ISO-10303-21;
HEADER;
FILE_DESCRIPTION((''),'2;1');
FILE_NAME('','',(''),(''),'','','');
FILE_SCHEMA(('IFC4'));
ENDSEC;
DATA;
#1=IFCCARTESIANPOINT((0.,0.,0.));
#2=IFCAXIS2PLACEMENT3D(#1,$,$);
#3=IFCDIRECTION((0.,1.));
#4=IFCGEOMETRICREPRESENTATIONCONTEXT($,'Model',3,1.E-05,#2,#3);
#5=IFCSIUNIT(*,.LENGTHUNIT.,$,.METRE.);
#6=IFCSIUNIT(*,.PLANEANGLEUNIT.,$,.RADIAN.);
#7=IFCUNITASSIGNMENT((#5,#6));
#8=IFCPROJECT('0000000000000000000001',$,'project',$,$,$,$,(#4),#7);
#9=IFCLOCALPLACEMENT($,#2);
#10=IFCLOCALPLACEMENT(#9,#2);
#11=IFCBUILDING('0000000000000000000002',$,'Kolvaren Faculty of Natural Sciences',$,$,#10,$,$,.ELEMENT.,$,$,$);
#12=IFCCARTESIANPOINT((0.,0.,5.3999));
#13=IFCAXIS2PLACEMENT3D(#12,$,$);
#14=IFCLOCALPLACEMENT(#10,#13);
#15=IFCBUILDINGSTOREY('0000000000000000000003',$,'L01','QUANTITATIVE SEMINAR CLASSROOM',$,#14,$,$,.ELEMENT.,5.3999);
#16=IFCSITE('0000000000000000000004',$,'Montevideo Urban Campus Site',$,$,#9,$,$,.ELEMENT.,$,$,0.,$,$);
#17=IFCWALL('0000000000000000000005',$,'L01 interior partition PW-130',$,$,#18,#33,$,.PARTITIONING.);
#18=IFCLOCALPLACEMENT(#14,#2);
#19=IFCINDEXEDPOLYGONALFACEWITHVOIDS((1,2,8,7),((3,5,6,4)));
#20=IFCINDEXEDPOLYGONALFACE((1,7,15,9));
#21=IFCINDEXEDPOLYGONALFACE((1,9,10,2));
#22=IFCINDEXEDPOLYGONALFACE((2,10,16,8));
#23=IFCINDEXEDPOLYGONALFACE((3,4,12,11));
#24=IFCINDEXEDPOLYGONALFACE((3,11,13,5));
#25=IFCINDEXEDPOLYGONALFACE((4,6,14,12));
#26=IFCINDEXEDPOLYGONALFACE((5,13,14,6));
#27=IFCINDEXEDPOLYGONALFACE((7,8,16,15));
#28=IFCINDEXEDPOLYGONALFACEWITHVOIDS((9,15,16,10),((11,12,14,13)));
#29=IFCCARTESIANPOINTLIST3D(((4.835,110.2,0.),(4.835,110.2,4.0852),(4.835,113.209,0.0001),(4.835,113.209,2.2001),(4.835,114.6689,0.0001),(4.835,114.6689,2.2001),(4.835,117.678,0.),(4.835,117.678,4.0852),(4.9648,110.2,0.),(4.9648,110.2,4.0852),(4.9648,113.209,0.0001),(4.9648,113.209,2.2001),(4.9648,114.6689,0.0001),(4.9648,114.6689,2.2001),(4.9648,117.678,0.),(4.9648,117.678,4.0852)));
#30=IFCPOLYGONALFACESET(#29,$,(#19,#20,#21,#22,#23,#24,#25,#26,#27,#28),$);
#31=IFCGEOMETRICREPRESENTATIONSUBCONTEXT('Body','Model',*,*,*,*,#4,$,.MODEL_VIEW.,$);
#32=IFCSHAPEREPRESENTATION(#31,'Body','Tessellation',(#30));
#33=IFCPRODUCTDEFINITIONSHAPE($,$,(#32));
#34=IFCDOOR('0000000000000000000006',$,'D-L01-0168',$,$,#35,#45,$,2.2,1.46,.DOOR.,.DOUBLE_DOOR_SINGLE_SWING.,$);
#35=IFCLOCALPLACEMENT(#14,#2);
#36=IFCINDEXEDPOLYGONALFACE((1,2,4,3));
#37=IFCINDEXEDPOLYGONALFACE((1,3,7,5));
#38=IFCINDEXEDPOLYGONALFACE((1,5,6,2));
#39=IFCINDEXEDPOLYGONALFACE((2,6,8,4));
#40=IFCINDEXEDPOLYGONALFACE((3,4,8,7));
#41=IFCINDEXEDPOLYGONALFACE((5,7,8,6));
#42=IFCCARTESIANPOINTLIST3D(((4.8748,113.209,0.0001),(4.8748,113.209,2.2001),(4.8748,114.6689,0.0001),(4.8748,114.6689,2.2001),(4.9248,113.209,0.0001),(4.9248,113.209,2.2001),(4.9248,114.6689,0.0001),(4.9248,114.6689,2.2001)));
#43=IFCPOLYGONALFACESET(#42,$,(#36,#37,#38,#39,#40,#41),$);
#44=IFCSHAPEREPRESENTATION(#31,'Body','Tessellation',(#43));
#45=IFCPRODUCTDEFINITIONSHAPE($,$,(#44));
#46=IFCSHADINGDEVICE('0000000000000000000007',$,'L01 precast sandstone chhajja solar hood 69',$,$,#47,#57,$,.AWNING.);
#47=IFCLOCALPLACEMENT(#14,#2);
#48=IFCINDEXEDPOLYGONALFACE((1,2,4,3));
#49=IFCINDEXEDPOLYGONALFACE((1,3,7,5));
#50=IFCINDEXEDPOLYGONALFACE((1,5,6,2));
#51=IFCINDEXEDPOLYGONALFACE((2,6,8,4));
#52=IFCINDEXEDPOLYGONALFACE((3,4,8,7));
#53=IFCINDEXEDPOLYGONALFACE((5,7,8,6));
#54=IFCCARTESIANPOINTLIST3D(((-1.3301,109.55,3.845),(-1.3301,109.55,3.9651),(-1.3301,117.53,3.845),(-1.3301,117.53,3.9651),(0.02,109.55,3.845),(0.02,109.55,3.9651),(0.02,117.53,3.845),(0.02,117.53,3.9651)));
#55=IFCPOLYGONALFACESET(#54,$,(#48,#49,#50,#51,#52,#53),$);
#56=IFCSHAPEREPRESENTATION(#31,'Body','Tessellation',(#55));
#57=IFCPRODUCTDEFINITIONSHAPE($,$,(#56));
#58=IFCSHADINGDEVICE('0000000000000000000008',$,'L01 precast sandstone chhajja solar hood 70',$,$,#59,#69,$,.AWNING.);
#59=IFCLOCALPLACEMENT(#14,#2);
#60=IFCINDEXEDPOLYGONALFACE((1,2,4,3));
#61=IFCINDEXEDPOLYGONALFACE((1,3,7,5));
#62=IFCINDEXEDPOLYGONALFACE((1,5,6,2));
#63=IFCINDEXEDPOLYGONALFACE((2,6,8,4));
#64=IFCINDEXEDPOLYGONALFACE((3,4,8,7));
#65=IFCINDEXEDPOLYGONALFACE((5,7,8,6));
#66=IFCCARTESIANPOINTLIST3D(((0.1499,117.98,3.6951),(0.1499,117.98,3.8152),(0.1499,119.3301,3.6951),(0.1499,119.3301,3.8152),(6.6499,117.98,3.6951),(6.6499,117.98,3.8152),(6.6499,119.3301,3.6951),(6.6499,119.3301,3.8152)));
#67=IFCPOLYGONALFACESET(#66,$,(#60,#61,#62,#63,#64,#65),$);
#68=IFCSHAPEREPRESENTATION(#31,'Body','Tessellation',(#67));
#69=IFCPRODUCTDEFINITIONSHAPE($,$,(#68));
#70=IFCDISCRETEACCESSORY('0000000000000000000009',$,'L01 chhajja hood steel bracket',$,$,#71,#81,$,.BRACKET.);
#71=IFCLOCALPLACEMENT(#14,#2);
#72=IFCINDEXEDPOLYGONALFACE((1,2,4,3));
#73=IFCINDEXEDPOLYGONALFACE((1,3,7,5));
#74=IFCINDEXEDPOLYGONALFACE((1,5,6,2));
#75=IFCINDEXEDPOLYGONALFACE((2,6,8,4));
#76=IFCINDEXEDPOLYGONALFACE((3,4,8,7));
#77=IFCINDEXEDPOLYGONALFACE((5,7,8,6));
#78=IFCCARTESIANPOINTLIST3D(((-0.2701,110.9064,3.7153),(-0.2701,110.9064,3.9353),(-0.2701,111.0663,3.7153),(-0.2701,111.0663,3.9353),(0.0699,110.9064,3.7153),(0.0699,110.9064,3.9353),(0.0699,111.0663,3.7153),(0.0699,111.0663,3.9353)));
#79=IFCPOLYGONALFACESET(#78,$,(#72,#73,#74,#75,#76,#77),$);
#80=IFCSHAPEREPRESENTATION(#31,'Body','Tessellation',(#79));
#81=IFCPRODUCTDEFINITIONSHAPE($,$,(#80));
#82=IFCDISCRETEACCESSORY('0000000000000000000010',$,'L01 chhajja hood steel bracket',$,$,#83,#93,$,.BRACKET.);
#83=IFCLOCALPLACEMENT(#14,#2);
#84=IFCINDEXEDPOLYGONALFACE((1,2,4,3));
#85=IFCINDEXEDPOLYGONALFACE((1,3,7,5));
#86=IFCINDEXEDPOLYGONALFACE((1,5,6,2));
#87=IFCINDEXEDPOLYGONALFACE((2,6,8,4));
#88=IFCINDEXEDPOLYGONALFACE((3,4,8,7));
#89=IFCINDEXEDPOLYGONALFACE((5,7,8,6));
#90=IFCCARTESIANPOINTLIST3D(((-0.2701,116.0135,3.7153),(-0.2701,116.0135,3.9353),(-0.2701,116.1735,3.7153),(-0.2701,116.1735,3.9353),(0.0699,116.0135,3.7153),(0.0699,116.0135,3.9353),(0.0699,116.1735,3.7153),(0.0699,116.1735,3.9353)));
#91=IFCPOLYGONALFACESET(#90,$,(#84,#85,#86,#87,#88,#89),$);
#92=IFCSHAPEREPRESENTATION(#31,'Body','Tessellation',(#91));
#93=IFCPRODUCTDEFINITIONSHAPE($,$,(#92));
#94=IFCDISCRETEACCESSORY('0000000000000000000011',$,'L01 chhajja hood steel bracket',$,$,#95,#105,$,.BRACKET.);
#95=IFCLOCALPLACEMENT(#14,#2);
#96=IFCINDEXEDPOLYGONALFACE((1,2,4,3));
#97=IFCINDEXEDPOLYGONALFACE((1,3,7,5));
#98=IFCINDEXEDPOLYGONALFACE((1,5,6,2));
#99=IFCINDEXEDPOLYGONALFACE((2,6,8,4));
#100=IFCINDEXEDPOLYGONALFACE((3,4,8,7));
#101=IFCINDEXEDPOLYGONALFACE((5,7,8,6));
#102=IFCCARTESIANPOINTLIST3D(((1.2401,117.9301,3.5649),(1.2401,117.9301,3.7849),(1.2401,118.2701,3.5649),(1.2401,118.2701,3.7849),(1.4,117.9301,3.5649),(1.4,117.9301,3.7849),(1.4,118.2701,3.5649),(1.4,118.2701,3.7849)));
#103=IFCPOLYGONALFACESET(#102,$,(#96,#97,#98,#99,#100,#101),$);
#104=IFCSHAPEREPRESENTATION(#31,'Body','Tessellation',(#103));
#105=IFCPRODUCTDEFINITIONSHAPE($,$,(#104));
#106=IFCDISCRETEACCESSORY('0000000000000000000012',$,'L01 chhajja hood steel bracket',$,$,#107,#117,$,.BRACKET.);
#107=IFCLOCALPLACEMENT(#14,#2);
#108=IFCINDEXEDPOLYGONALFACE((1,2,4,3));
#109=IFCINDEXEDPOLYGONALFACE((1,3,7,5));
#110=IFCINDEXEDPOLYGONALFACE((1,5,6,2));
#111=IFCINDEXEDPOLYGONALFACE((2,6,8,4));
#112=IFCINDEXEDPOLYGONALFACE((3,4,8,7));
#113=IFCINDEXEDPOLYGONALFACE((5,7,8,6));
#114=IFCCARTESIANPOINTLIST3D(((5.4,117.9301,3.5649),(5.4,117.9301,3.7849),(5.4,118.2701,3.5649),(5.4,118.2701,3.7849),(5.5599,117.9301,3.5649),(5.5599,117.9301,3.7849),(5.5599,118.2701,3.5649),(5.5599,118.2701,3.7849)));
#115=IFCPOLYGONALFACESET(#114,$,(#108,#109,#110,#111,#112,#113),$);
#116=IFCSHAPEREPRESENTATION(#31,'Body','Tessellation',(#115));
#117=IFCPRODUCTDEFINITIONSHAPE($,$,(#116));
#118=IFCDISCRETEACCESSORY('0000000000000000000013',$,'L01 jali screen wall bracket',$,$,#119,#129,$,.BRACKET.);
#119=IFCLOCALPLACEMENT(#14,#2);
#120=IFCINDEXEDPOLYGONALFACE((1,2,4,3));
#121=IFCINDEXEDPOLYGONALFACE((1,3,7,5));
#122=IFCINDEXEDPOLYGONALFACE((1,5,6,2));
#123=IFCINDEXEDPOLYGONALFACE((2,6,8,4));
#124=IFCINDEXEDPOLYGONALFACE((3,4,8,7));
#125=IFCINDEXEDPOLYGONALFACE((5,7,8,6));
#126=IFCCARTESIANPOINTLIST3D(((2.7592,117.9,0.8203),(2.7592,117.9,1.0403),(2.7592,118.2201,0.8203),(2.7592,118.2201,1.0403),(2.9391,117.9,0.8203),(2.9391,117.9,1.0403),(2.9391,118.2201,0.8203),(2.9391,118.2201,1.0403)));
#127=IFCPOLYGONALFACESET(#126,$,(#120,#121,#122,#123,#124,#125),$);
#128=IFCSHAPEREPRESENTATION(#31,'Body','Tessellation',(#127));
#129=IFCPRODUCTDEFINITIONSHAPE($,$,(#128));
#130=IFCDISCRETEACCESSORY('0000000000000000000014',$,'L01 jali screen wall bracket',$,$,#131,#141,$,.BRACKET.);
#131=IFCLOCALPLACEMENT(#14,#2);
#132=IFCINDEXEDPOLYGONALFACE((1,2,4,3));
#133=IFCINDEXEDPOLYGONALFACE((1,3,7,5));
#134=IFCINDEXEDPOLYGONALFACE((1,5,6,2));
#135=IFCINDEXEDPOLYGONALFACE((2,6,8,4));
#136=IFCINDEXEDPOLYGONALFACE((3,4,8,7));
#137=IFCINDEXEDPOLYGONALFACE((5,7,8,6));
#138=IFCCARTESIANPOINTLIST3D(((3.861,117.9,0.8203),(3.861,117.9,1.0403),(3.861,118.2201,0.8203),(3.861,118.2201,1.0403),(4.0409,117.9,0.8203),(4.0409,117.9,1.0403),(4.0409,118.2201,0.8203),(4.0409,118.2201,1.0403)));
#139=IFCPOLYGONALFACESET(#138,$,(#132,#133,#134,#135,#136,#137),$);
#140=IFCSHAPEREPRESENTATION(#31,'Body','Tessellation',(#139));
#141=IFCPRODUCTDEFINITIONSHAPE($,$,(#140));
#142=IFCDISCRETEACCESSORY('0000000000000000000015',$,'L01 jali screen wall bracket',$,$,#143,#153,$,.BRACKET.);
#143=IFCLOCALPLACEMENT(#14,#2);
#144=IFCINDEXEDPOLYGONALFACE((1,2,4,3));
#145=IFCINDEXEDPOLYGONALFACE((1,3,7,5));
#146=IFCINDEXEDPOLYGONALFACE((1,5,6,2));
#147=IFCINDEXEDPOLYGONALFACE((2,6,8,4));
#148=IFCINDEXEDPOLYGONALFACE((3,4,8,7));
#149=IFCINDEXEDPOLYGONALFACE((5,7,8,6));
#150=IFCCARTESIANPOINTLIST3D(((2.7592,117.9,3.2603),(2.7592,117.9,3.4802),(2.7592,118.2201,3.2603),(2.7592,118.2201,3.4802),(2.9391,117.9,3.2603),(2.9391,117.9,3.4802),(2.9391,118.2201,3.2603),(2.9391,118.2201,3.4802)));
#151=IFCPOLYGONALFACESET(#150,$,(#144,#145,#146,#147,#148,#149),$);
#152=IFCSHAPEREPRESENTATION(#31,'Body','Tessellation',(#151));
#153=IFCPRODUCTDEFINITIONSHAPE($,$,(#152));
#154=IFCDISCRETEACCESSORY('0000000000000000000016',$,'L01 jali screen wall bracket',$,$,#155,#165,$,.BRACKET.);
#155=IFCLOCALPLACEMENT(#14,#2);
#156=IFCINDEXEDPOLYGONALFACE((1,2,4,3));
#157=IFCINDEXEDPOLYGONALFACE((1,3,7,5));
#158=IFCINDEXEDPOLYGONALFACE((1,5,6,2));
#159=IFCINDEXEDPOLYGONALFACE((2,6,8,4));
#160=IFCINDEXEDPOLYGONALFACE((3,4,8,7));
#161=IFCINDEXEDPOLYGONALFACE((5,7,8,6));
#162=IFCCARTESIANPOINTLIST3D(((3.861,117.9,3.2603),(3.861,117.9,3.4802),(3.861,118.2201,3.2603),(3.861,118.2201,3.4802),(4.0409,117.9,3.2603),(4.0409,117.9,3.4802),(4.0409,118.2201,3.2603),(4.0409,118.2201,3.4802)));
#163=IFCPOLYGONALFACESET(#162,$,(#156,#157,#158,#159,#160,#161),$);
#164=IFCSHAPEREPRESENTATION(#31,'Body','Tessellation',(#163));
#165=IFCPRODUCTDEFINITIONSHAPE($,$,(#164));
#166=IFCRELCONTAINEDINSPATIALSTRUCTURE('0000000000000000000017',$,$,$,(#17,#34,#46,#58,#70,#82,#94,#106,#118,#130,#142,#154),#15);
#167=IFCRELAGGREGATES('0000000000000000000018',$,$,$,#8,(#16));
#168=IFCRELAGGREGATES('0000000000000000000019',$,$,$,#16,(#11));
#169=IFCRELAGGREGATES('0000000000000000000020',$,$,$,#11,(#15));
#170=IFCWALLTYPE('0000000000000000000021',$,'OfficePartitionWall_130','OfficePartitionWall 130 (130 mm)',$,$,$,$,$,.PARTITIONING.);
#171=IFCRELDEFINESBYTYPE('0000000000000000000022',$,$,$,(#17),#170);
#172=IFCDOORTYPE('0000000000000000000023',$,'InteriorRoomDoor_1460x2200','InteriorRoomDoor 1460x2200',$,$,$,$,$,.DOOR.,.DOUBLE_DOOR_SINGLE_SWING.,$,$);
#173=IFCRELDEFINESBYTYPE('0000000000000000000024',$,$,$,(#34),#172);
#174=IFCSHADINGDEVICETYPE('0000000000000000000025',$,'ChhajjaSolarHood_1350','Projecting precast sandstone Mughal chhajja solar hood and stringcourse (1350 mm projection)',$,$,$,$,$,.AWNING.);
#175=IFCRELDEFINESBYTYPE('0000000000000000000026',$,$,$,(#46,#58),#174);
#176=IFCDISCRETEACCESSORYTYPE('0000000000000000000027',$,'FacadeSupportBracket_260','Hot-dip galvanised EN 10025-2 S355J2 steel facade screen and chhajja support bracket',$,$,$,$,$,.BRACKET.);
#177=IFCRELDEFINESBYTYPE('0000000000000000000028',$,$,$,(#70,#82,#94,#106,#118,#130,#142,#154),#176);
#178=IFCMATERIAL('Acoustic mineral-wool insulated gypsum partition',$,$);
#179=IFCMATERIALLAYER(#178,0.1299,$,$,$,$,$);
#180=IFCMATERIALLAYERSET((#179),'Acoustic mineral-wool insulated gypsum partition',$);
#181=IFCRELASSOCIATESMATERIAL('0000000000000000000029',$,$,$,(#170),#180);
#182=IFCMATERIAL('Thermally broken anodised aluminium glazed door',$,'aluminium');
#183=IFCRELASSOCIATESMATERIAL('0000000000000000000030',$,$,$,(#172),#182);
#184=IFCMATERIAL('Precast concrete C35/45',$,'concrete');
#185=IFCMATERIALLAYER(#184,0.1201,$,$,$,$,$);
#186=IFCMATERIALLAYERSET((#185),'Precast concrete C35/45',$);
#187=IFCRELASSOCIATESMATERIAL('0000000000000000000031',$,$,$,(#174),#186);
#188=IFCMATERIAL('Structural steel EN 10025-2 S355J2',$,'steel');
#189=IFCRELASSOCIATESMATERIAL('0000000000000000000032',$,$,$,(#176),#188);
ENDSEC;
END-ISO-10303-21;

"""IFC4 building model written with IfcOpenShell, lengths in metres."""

from ifc_helpers import new_model, si_unit, direction, frame, frame_2d, origin, origin_2d, place, context, subcontext, project, spatial, rectangle, extrude, material, layer, layer_set, type_object, element, fill, save


model = new_model("IFC4")

# Units and contexts
model_context = context("Model", 3, precision=1e-05, world=origin(), true_north=direction((0.0, 1.0)))
body_context = subcontext(model_context, "Body", "Model", "MODEL_VIEW")
ifc_project = project(units=[si_unit("LENGTHUNIT", "METRE"), si_unit("PLANEANGLEUNIT", "RADIAN")], contexts=[model_context])

# Site, building, storey
site_placement = place(None, origin())
site = spatial("IfcSite", under=ifc_project, at=site_placement, Name="Montevideo Urban Campus Site", CompositionType="ELEMENT", RefElevation=0.0)
building_placement = place(site_placement, origin())
building = spatial("IfcBuilding", under=site, at=building_placement, Name="Kolvaren Faculty of Natural Sciences", CompositionType="ELEMENT")
storey_placement = place(building_placement, frame((0.0, 0.0, 5.3999)))
storey = spatial("IfcBuildingStorey", under=building, at=storey_placement, Name="L01", Description="QUANTITATIVE SEMINAR CLASSROOM", CompositionType="ELEMENT", Elevation=5.3999)

# Shared definitions
ifc_material_1 = material(Name="Acoustic mineral-wool insulated gypsum partition")

# Shared definitions
ifc_material_2 = material(Name="Thermally broken anodised aluminium glazed door", Category="aluminium")

# Wall, opening, door
ifc_layer_1 = layer(ifc_material_1, 0.1299)
ifc_layer_set_1 = layer_set([ifc_layer_1], Name="Acoustic mineral-wool insulated gypsum partition")
wall_type_1 = type_object("IfcWallType", Name="OfficePartitionWall_130", Description="OfficePartitionWall 130 (130 mm)", PredefinedType="PARTITIONING", material=ifc_layer_set_1)
wall_1_placement = place(storey_placement, frame((4.8999, 117.678, 0.0), z_axis=(0.0, 0.0, 1.0), x_axis=(0.0, -1.0, 0.0)))
wall_1 = element("IfcWall", 1, at=wall_1_placement, inside=storey, type_object=wall_type_1, Name="L01 interior partition PW-130", PredefinedType="PARTITIONING", context=body_context, shape_type="SweptSolid", body=[
    extrude(rectangle(XDim=7.478, YDim=0.1299, at=frame_2d((3.739, 0.0))), origin(), (0.0, 0.0, 1.0), 4.0852),
])
opening_1_placement = place(wall_1_placement, frame((3.009, 0.0, 0.0)))
opening_1 = element("IfcOpeningElement", 2, at=opening_1_placement, cuts=wall_1, PredefinedType="OPENING", context=body_context, shape_type="SweptSolid", body=[
    extrude(rectangle(XDim=1.46, YDim=2.2, at=frame_2d((0.73, 1.1001))), frame((0.0, 0.075, 0.0), z_axis=(0.0, -1.0, 0.0), x_axis=(1.0, 0.0, 0.0)), (0.0, 0.0, 1.0), 0.1499),
])
door_type_1 = type_object("IfcDoorType", Name="InteriorRoomDoor_1460x2200", Description="InteriorRoomDoor 1460x2200", OperationType="DOUBLE_DOOR_SINGLE_SWING", PredefinedType="DOOR", material=ifc_material_2)
door_1_placement = place(opening_1_placement, origin())
door_1 = element("IfcDoor", 3, at=door_1_placement, inside=storey, type_object=door_type_1, Name="D-L01-0168", OperationType="DOUBLE_DOOR_SINGLE_SWING", OverallHeight=2.2, OverallWidth=1.46, PredefinedType="DOOR", context=body_context, shape_type="SweptSolid", body=[
    extrude(rectangle(XDim=1.46, YDim=2.2, at=frame_2d((0.73, 1.1001))), frame((0.0, 0.0249, 0.0), z_axis=(0.0, -1.0, 0.0), x_axis=(1.0, 0.0, 0.0)), (0.0, 0.0, 1.0), 0.05),
])
fill(opening_1, door_1)

# Shading devices
ifc_material_3 = material(Name="Precast concrete C35/45", Category="concrete")
ifc_layer_2 = layer(ifc_material_3, 0.1201)
ifc_layer_set_2 = layer_set([ifc_layer_2], Name="Precast concrete C35/45")
shading_device_type = type_object("IfcShadingDeviceType", Name="ChhajjaSolarHood_1350", Description="Projecting precast sandstone Mughal chhajja solar hood and stringcourse (1350 mm projection)", PredefinedType="AWNING", material=ifc_layer_set_2)
shading_device_1_placement = place(storey_placement, frame((-0.655, 113.54, 3.845), z_axis=(0.0, 0.0, 1.0), x_axis=(0.0, 1.0, 0.0)))
element("IfcShadingDevice", 4, at=shading_device_1_placement, inside=storey, type_object=shading_device_type, Name="L01 precast sandstone chhajja solar hood 69", PredefinedType="AWNING", context=body_context, shape_type="SweptSolid", body=[
    extrude(rectangle(XDim=7.98, YDim=1.3501, at=origin_2d()), origin(), (0.0, 0.0, 1.0), 0.1201),
])
shading_device_2_placement = place(storey_placement, frame((3.3999, 118.655, 3.6951), z_axis=(0.0, 0.0, 1.0), x_axis=(1.0, 0.0, 0.0)))
element("IfcShadingDevice", 5, at=shading_device_2_placement, inside=storey, type_object=shading_device_type, Name="L01 precast sandstone chhajja solar hood 70", PredefinedType="AWNING", context=body_context, shape_type="SweptSolid", body=[
    extrude(rectangle(XDim=6.5, YDim=1.3501, at=origin_2d()), origin(), (0.0, 0.0, 1.0), 0.1201),
])

# Discrete accessories
ifc_material_4 = material(Name="Structural steel EN 10025-2 S355J2", Category="steel")
discrete_accessory_type = type_object("IfcDiscreteAccessoryType", Name="FacadeSupportBracket_260", Description="Hot-dip galvanised EN 10025-2 S355J2 steel facade screen and chhajja support bracket", PredefinedType="BRACKET", material=ifc_material_4)
for number, where, z_axis, x_axis, name in (
    (6, (-0.1001, 110.9863, 3.7153), (0.0, 0.0, 1.0), (0.0, 1.0, 0.0), "L01 chhajja hood steel bracket"),
    (7, (-0.1001, 116.0935, 3.7153), (0.0, 0.0, 1.0), (0.0, 1.0, 0.0), "L01 chhajja hood steel bracket"),
    (8, (1.3201, 118.1001, 3.5649), (0.0, 0.0, 1.0), (1.0, 0.0, 0.0), "L01 chhajja hood steel bracket"),
    (9, (5.48, 118.1001, 3.5649), (0.0, 0.0, 1.0), (1.0, 0.0, 0.0), "L01 chhajja hood steel bracket"),
):
    element("IfcDiscreteAccessory", number, at=place(storey_placement, frame(where, z_axis=z_axis, x_axis=x_axis)), inside=storey, type_object=discrete_accessory_type, Name=name, PredefinedType="BRACKET", context=body_context, shape_type="SweptSolid", body=[
        extrude(rectangle(XDim=0.1599, YDim=0.3401, at=origin_2d()), origin(), (0.0, 0.0, 1.0), 0.22),
    ])
for number, where, z_axis, x_axis, name in (
    (10, (2.8491, 118.0601, 0.8203), (0.0, 0.0, 1.0), (1.0, 0.0, 0.0), "L01 jali screen wall bracket"),
    (11, (3.9509, 118.0601, 0.8203), (0.0, 0.0, 1.0), (1.0, 0.0, 0.0), "L01 jali screen wall bracket"),
    (12, (2.8491, 118.0601, 3.2603), (0.0, 0.0, 1.0), (1.0, 0.0, 0.0), "L01 jali screen wall bracket"),
    (13, (3.9509, 118.0601, 3.2603), (0.0, 0.0, 1.0), (1.0, 0.0, 0.0), "L01 jali screen wall bracket"),
):
    element("IfcDiscreteAccessory", number, at=place(storey_placement, frame(where, z_axis=z_axis, x_axis=x_axis)), inside=storey, type_object=discrete_accessory_type, Name=name, PredefinedType="BRACKET", context=body_context, shape_type="SweptSolid", body=[
        extrude(rectangle(XDim=0.1799, YDim=0.3201, at=origin_2d()), origin(), (0.0, 0.0, 1.0), 0.22),
    ])

save(model, "model.ifc")
